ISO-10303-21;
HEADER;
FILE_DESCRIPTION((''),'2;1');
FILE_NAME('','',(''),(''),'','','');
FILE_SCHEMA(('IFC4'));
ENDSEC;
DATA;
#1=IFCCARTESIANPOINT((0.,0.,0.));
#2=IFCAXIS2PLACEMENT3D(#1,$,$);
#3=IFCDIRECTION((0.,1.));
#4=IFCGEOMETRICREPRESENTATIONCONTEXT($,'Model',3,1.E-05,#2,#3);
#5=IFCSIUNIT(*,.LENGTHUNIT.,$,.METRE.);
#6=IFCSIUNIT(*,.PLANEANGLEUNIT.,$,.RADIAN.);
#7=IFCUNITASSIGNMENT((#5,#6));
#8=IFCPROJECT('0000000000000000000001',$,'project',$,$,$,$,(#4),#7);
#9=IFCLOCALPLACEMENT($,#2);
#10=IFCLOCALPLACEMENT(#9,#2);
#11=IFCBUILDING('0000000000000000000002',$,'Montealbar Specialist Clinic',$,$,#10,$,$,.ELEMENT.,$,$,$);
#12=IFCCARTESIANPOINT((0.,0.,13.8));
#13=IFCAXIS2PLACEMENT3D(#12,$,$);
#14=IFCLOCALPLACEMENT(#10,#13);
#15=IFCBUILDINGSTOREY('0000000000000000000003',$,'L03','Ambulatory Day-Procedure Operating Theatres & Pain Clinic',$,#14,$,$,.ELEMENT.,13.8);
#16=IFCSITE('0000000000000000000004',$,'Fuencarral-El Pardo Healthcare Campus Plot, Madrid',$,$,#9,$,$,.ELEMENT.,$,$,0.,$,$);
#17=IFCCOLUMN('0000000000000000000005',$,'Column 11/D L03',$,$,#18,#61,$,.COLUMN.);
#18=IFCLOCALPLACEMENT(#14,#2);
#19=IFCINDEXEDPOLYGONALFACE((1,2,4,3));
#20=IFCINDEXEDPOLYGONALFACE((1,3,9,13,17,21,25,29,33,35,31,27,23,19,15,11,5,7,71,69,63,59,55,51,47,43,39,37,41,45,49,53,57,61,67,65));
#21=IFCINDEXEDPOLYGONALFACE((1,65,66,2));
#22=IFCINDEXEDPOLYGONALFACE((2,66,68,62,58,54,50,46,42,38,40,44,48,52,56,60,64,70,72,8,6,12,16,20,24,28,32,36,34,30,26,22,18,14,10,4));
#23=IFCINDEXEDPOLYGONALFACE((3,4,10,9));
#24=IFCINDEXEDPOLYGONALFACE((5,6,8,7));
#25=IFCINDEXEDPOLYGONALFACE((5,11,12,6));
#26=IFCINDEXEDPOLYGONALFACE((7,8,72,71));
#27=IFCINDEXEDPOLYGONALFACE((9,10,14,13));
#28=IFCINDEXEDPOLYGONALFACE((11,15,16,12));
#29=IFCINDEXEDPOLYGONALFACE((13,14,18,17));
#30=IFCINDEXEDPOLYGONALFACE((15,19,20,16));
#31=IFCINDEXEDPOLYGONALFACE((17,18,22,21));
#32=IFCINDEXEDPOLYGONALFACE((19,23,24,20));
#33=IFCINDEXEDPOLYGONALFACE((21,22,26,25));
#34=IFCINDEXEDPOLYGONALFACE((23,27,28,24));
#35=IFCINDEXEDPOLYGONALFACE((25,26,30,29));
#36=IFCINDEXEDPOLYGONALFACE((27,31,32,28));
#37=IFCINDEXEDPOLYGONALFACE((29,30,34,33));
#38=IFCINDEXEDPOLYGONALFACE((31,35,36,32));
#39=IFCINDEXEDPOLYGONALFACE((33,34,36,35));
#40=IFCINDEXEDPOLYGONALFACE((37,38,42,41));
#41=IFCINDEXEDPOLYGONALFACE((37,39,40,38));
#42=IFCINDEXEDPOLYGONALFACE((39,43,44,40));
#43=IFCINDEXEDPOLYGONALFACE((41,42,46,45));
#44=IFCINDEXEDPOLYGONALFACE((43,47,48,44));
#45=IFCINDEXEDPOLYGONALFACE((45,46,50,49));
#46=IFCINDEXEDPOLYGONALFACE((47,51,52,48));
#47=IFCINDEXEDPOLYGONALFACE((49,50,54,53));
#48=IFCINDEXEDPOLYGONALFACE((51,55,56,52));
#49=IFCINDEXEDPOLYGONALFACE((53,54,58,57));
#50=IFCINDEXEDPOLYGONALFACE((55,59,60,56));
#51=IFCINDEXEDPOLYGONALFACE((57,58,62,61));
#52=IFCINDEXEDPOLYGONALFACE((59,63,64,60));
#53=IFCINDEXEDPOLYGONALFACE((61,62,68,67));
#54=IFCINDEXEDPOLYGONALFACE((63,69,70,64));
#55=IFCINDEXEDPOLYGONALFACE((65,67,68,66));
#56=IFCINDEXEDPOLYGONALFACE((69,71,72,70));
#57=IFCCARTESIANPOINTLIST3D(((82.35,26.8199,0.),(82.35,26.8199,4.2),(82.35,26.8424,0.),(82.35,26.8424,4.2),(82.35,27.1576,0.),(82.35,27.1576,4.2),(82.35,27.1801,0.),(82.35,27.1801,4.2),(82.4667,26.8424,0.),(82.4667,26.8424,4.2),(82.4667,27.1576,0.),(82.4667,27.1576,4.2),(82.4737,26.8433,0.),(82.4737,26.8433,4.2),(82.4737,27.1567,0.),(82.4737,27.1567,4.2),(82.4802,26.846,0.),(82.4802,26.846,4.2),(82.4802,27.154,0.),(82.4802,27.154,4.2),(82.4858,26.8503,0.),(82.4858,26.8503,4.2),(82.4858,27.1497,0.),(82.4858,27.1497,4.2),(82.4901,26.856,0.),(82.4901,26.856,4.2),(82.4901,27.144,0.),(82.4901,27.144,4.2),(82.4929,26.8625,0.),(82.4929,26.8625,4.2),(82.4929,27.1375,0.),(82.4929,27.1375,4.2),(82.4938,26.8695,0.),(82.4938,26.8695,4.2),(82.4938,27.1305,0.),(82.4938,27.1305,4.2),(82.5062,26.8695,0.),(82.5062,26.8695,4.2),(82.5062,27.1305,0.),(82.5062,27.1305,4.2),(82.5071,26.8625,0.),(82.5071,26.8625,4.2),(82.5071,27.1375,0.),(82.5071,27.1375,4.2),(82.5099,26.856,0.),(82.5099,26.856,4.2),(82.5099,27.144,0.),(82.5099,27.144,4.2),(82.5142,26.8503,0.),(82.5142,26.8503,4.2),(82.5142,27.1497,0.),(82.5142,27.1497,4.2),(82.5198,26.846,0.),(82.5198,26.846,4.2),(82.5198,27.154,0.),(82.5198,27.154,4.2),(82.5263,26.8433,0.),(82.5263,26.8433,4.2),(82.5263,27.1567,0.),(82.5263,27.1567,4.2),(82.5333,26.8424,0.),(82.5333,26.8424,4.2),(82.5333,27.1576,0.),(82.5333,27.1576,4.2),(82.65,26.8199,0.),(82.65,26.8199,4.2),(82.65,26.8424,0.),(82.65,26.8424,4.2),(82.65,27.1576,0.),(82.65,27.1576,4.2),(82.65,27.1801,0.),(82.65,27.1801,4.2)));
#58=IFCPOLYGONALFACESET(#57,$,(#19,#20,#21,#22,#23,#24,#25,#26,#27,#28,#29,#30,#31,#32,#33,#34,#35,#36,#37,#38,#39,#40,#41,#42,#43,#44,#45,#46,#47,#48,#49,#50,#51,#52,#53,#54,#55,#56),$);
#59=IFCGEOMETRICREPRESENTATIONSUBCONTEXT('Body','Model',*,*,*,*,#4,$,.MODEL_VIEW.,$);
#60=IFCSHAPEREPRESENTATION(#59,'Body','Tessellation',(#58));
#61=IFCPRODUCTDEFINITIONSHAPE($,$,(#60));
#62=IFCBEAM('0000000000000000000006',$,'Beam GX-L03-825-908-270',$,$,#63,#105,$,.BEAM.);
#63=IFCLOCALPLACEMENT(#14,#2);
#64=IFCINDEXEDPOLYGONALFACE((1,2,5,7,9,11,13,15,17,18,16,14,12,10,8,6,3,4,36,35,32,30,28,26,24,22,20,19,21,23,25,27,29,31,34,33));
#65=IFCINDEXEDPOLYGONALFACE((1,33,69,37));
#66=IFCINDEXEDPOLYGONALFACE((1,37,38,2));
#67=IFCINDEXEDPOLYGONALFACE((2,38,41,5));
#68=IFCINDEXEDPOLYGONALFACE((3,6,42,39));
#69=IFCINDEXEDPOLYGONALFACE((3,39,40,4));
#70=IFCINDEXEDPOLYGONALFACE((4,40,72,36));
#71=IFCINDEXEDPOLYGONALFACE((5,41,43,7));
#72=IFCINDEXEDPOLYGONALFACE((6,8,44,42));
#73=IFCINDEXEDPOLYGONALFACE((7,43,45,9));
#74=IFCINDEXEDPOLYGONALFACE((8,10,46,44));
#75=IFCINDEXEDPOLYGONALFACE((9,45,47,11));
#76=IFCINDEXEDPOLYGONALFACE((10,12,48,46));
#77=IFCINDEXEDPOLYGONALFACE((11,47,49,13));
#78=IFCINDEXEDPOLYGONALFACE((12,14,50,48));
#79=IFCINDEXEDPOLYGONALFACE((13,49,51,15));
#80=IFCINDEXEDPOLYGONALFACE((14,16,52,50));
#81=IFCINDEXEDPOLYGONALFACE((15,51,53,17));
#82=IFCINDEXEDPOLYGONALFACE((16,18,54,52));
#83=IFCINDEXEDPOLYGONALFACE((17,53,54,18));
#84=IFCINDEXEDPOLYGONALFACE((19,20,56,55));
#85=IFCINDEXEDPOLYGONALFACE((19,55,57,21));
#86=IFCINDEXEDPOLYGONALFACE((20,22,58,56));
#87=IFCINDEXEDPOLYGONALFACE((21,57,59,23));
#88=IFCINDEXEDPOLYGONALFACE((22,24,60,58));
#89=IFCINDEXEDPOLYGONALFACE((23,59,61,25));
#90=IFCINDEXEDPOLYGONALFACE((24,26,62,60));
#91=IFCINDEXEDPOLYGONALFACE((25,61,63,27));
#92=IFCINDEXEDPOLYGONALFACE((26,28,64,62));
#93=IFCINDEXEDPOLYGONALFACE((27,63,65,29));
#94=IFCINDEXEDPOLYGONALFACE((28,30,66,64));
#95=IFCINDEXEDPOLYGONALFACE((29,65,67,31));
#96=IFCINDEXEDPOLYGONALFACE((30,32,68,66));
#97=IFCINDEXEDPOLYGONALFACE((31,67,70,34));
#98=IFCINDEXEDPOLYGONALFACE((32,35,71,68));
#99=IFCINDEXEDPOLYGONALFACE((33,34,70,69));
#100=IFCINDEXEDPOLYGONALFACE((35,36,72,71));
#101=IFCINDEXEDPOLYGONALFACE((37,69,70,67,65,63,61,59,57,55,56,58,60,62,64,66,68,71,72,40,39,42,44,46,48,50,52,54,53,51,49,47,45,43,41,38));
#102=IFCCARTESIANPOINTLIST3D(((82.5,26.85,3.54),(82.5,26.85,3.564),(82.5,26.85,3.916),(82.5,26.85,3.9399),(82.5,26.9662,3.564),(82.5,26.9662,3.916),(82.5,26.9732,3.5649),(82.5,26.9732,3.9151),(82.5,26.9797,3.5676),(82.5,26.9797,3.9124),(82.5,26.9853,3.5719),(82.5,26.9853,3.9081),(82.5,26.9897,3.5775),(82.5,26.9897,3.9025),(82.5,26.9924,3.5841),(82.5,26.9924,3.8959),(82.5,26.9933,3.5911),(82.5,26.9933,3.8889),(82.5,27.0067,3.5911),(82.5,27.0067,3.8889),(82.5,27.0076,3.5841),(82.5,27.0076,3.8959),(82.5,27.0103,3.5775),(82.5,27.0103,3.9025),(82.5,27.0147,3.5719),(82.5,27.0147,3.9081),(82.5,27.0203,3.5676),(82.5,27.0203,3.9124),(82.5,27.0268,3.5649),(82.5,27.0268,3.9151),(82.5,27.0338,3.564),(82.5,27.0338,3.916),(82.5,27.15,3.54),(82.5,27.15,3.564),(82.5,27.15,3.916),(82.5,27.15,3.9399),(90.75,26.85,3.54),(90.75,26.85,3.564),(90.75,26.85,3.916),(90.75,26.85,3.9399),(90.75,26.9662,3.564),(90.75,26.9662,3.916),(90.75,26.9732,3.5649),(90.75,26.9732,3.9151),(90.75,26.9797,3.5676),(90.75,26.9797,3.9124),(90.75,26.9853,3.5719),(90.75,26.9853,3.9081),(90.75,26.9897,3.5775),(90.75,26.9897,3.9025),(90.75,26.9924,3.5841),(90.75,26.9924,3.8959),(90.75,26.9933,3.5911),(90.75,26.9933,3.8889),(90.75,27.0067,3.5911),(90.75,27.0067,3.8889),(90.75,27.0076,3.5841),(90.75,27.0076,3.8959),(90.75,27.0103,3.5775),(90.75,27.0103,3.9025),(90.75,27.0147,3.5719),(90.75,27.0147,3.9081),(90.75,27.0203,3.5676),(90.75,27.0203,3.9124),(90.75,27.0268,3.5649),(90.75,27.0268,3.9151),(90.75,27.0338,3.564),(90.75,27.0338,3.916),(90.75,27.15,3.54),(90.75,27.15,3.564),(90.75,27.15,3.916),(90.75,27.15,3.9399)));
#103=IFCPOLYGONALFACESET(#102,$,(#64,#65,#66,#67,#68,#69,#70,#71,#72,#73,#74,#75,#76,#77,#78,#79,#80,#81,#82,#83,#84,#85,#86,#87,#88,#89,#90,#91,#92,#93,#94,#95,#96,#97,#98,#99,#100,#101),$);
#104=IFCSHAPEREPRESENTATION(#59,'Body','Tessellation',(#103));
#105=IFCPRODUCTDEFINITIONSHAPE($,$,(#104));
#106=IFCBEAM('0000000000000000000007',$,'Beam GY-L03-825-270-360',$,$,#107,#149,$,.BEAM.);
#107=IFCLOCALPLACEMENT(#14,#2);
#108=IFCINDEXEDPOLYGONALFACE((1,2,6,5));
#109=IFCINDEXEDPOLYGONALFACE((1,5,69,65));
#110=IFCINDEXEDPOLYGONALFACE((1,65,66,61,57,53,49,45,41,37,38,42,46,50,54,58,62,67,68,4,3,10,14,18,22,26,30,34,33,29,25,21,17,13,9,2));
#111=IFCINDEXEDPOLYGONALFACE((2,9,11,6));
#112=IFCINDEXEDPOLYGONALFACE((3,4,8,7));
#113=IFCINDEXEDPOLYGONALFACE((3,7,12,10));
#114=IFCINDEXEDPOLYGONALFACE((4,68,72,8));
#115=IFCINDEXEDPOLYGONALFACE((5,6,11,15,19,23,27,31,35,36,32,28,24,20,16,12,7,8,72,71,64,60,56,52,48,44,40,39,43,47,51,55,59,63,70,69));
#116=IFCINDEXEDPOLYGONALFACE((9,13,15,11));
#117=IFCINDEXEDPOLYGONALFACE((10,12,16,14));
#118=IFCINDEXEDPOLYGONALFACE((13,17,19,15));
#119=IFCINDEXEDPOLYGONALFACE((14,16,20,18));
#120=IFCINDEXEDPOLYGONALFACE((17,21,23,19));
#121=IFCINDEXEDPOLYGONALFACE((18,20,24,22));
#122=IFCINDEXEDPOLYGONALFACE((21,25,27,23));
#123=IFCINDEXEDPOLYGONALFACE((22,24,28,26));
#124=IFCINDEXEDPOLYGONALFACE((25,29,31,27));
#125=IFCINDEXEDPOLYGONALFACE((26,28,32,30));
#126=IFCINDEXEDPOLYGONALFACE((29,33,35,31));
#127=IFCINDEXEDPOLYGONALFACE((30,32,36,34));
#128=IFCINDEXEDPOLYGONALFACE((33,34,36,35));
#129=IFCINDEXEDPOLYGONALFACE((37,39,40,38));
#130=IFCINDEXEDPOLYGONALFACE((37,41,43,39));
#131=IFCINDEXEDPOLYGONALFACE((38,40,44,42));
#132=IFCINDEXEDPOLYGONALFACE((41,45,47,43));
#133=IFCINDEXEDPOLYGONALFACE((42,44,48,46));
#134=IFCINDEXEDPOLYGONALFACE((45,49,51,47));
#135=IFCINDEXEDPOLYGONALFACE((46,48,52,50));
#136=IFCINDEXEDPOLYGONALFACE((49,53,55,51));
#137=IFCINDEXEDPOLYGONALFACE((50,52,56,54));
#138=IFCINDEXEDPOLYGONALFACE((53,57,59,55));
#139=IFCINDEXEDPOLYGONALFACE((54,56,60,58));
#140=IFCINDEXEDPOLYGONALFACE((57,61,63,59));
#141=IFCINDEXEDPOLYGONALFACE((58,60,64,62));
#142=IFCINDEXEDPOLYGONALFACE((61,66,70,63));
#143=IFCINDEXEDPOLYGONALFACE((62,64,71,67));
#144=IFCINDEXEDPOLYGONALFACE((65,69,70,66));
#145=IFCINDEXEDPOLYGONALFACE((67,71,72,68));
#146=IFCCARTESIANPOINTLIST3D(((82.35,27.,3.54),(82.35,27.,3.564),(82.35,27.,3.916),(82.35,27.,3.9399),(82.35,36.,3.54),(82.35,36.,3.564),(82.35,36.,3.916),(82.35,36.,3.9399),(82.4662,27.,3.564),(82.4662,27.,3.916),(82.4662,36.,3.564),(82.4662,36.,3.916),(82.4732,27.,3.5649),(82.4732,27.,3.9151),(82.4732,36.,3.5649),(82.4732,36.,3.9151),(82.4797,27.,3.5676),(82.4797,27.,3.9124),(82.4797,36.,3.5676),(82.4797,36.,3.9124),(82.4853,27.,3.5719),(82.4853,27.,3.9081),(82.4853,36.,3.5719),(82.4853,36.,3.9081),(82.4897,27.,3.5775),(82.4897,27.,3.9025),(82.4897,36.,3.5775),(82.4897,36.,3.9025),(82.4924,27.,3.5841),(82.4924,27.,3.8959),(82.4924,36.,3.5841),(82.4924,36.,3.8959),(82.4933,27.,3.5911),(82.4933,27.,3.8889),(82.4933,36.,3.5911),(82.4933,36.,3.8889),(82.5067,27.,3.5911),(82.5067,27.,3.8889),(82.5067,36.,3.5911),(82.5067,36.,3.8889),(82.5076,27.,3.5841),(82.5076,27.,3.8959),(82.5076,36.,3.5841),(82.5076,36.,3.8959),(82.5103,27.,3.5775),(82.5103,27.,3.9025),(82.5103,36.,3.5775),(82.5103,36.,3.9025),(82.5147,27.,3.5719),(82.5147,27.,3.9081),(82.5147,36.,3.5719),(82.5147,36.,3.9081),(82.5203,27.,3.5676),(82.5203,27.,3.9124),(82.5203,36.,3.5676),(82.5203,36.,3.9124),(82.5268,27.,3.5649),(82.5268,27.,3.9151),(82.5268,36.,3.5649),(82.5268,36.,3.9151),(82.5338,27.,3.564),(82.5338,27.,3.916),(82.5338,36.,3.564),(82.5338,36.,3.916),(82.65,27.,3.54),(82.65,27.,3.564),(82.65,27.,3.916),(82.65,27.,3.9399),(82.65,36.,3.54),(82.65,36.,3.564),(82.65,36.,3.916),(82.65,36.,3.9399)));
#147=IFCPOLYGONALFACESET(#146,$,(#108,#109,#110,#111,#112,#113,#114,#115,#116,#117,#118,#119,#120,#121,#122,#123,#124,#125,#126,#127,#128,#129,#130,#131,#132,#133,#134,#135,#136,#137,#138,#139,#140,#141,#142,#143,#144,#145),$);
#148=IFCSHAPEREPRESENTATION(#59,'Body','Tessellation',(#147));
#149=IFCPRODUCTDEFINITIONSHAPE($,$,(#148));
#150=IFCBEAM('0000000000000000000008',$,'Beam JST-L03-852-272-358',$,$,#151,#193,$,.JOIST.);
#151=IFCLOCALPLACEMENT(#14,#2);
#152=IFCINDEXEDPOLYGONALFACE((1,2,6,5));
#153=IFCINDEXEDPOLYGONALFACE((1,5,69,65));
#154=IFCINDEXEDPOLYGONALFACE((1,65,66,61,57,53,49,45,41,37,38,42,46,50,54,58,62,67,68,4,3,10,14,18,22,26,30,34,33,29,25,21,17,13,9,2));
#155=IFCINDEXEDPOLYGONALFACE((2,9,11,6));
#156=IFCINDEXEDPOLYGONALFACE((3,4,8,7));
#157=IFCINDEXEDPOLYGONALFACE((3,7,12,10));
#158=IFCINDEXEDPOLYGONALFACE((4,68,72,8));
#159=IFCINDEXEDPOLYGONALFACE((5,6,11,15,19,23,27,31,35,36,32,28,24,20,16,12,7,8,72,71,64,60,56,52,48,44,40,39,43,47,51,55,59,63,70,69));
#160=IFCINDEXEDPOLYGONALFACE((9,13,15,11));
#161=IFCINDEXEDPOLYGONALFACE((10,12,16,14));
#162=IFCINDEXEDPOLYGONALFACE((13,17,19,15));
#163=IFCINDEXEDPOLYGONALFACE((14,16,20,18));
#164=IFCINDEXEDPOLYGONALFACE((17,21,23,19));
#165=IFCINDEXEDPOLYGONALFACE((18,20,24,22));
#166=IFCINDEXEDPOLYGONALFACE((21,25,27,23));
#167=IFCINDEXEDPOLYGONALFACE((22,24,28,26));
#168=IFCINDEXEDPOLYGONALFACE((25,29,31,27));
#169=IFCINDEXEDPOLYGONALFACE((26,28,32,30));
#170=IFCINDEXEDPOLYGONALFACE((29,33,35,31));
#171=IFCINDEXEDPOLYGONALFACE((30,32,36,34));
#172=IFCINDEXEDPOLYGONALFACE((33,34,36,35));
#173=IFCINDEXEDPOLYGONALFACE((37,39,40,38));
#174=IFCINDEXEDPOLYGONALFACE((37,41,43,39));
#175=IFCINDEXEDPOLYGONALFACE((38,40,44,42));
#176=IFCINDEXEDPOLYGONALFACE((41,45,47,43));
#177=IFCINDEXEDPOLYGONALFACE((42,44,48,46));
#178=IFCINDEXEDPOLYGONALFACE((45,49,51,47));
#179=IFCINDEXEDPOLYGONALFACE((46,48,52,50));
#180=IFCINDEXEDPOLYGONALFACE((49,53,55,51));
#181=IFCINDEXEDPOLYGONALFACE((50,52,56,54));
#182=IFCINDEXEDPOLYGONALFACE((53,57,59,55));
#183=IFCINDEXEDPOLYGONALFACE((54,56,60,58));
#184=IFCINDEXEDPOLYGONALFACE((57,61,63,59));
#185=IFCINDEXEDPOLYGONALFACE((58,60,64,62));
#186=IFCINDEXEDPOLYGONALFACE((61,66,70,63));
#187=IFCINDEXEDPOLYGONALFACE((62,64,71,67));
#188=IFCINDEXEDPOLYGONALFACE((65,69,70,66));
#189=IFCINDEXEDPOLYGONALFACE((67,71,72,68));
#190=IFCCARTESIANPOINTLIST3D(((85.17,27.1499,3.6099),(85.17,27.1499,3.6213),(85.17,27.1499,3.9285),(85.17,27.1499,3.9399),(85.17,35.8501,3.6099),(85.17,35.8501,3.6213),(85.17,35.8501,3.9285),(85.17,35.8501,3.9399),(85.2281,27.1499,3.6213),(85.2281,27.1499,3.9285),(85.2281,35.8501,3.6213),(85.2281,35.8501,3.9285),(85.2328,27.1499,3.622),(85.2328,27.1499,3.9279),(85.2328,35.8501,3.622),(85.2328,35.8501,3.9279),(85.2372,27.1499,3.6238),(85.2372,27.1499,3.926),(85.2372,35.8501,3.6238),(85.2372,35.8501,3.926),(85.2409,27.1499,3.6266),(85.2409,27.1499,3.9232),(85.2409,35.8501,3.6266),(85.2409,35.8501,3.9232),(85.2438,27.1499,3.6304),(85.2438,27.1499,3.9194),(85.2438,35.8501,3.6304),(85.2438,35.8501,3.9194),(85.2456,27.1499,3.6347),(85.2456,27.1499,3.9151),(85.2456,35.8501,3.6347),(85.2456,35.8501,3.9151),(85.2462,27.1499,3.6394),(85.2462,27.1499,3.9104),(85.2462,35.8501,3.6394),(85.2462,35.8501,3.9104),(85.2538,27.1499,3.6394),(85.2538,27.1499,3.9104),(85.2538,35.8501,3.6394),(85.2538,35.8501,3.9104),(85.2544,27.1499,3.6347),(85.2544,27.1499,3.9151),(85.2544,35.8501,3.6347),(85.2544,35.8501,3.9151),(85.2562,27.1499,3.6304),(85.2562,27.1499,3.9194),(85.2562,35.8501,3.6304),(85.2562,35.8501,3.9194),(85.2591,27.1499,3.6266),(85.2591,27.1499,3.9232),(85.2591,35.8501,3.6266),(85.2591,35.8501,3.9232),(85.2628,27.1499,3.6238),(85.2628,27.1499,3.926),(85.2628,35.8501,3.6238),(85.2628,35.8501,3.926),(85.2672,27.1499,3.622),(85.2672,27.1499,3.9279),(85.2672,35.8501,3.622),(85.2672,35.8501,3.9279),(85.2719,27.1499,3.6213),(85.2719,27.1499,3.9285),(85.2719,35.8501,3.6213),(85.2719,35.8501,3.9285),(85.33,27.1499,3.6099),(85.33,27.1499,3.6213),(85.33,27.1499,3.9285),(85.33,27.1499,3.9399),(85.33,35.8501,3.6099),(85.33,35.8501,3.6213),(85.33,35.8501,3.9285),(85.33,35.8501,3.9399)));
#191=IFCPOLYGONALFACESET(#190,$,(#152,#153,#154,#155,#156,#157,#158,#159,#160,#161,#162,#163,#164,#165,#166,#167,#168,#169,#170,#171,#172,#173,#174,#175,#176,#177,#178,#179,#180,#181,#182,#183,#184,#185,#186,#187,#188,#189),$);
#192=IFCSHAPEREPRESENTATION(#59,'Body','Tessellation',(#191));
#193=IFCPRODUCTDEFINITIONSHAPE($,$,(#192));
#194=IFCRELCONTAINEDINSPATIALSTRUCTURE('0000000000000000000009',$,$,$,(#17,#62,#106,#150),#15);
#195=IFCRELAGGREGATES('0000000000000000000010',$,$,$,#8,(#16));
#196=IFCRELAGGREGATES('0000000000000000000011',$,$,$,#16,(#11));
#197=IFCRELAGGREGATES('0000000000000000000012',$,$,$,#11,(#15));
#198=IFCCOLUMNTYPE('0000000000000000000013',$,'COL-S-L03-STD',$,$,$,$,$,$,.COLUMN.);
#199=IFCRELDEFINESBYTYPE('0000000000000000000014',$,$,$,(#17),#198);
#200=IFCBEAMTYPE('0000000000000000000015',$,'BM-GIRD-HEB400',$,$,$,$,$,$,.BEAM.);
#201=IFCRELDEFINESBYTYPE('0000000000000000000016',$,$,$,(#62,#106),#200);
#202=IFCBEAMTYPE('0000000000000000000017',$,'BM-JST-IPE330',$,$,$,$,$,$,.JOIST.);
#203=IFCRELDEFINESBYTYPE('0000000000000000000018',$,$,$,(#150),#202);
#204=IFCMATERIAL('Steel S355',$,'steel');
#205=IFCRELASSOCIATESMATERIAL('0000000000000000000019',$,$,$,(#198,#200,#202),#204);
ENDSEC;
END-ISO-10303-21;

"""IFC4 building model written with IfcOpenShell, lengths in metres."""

from ifc_helpers import new_model, si_unit, direction, frame, origin, origin_2d, place, context, subcontext, project, spatial, i_section, extrude, material, material_profile, profile_set, type_object, element, save


model = new_model("IFC4")

# Units and contexts
model_context = context("Model", 3, precision=1e-05, world=origin(), true_north=direction((0.0, 1.0)))
body_context = subcontext(model_context, "Body", "Model", "MODEL_VIEW")
ifc_project = project(units=[si_unit("LENGTHUNIT", "METRE"), si_unit("PLANEANGLEUNIT", "RADIAN")], contexts=[model_context])

# Site, building, storey
site_placement = place(None, origin())
site = spatial("IfcSite", under=ifc_project, at=site_placement, Name="Fuencarral-El Pardo Healthcare Campus Plot, Madrid", CompositionType="ELEMENT", RefElevation=0.0)
building_placement = place(site_placement, origin())
building = spatial("IfcBuilding", under=site, at=building_placement, Name="Montealbar Specialist Clinic", CompositionType="ELEMENT")
storey_placement = place(building_placement, frame((0.0, 0.0, 13.8)))
storey = spatial("IfcBuildingStorey", under=building, at=storey_placement, Name="L03", Description="Ambulatory Day-Procedure Operating Theatres & Pain Clinic", CompositionType="ELEMENT", Elevation=13.8)

# Column
ifc_material_1 = material(Name="Steel S355", Category="steel")
ifc_material_profile_1 = material_profile(ifc_material_1, i_section(OverallWidth=0.3, OverallDepth=0.3601, WebThickness=0.0125, FlangeThickness=0.0225, FilletRadius=0.0271, at=origin_2d()), Name="HEB 360", Category="steel")
ifc_profile_set_1 = profile_set([ifc_material_profile_1], Name="Steel S355")
column_type = type_object("IfcColumnType", Name="COL-S-L03-STD", PredefinedType="COLUMN", material=ifc_profile_set_1)
column_placement = place(storey_placement, frame((82.5, 27.0, 0.0), z_axis=(0.0, 0.0, 1.0), x_axis=(1.0, 0.0, 0.0)))
element("IfcColumn", 1, at=column_placement, inside=storey, type_object=column_type, Name="Column 11/D L03", PredefinedType="COLUMN", context=body_context, shape_type="SweptSolid", body=[
    extrude(i_section(OverallWidth=0.3, OverallDepth=0.3601, WebThickness=0.0125, FlangeThickness=0.0225, FilletRadius=0.0271, at=origin_2d()), origin(), (0.0, 0.0, 1.0), 4.2),
])

# Beams
ifc_material_profile_2 = material_profile(ifc_material_1, i_section(OverallWidth=0.3, OverallDepth=0.3999, WebThickness=0.0134, FlangeThickness=0.0239, FilletRadius=0.0271, at=origin_2d()), Name="HEB 400", Category="steel")
ifc_profile_set_2 = profile_set([ifc_material_profile_2], Name="Steel S355")
beam_type_1 = type_object("IfcBeamType", Name="BM-GIRD-HEB400", PredefinedType="BEAM", material=ifc_profile_set_2)
beam_1_placement = place(storey_placement, frame((82.5, 27.0, 3.74), z_axis=(1.0, 0.0, 0.0), x_axis=(0.0, 1.0, 0.0)))
element("IfcBeam", 2, at=beam_1_placement, inside=storey, type_object=beam_type_1, Name="Beam GX-L03-825-908-270", PredefinedType="BEAM", context=body_context, shape_type="SweptSolid", body=[
    extrude(i_section(OverallWidth=0.3, OverallDepth=0.3999, WebThickness=0.0134, FlangeThickness=0.0239, FilletRadius=0.0271, at=origin_2d()), origin(), (0.0, 0.0, 1.0), 8.25),
])
beam_2_placement = place(storey_placement, frame((82.5, 27.0, 3.74), z_axis=(0.0, 1.0, 0.0), x_axis=(-1.0, 0.0, 0.0)))
element("IfcBeam", 3, at=beam_2_placement, inside=storey, type_object=beam_type_1, Name="Beam GY-L03-825-270-360", PredefinedType="BEAM", context=body_context, shape_type="SweptSolid", body=[
    extrude(i_section(OverallWidth=0.3, OverallDepth=0.3999, WebThickness=0.0134, FlangeThickness=0.0239, FilletRadius=0.0271, at=origin_2d()), origin(), (0.0, 0.0, 1.0), 9.0),
])
ifc_material_profile_3 = material_profile(ifc_material_1, i_section(OverallWidth=0.1599, OverallDepth=0.3301, WebThickness=0.0076, FlangeThickness=0.0115, FilletRadius=0.0181, at=origin_2d()), Name="IPE 330", Category="steel")
ifc_profile_set_3 = profile_set([ifc_material_profile_3], Name="Steel S355")
beam_type_2 = type_object("IfcBeamType", Name="BM-JST-IPE330", PredefinedType="JOIST", material=ifc_profile_set_3)
beam_3_placement = place(storey_placement, frame((85.25, 27.1499, 3.7749), z_axis=(0.0, 1.0, 0.0), x_axis=(-1.0, 0.0, 0.0)))
element("IfcBeam", 4, at=beam_3_placement, inside=storey, type_object=beam_type_2, Name="Beam JST-L03-852-272-358", PredefinedType="JOIST", context=body_context, shape_type="SweptSolid", body=[
    extrude(i_section(OverallWidth=0.1599, OverallDepth=0.3301, WebThickness=0.0076, FlangeThickness=0.0115, FilletRadius=0.0181, at=origin_2d()), origin(), (0.0, 0.0, 1.0), 8.7002),
])

save(model, "model.ifc")
